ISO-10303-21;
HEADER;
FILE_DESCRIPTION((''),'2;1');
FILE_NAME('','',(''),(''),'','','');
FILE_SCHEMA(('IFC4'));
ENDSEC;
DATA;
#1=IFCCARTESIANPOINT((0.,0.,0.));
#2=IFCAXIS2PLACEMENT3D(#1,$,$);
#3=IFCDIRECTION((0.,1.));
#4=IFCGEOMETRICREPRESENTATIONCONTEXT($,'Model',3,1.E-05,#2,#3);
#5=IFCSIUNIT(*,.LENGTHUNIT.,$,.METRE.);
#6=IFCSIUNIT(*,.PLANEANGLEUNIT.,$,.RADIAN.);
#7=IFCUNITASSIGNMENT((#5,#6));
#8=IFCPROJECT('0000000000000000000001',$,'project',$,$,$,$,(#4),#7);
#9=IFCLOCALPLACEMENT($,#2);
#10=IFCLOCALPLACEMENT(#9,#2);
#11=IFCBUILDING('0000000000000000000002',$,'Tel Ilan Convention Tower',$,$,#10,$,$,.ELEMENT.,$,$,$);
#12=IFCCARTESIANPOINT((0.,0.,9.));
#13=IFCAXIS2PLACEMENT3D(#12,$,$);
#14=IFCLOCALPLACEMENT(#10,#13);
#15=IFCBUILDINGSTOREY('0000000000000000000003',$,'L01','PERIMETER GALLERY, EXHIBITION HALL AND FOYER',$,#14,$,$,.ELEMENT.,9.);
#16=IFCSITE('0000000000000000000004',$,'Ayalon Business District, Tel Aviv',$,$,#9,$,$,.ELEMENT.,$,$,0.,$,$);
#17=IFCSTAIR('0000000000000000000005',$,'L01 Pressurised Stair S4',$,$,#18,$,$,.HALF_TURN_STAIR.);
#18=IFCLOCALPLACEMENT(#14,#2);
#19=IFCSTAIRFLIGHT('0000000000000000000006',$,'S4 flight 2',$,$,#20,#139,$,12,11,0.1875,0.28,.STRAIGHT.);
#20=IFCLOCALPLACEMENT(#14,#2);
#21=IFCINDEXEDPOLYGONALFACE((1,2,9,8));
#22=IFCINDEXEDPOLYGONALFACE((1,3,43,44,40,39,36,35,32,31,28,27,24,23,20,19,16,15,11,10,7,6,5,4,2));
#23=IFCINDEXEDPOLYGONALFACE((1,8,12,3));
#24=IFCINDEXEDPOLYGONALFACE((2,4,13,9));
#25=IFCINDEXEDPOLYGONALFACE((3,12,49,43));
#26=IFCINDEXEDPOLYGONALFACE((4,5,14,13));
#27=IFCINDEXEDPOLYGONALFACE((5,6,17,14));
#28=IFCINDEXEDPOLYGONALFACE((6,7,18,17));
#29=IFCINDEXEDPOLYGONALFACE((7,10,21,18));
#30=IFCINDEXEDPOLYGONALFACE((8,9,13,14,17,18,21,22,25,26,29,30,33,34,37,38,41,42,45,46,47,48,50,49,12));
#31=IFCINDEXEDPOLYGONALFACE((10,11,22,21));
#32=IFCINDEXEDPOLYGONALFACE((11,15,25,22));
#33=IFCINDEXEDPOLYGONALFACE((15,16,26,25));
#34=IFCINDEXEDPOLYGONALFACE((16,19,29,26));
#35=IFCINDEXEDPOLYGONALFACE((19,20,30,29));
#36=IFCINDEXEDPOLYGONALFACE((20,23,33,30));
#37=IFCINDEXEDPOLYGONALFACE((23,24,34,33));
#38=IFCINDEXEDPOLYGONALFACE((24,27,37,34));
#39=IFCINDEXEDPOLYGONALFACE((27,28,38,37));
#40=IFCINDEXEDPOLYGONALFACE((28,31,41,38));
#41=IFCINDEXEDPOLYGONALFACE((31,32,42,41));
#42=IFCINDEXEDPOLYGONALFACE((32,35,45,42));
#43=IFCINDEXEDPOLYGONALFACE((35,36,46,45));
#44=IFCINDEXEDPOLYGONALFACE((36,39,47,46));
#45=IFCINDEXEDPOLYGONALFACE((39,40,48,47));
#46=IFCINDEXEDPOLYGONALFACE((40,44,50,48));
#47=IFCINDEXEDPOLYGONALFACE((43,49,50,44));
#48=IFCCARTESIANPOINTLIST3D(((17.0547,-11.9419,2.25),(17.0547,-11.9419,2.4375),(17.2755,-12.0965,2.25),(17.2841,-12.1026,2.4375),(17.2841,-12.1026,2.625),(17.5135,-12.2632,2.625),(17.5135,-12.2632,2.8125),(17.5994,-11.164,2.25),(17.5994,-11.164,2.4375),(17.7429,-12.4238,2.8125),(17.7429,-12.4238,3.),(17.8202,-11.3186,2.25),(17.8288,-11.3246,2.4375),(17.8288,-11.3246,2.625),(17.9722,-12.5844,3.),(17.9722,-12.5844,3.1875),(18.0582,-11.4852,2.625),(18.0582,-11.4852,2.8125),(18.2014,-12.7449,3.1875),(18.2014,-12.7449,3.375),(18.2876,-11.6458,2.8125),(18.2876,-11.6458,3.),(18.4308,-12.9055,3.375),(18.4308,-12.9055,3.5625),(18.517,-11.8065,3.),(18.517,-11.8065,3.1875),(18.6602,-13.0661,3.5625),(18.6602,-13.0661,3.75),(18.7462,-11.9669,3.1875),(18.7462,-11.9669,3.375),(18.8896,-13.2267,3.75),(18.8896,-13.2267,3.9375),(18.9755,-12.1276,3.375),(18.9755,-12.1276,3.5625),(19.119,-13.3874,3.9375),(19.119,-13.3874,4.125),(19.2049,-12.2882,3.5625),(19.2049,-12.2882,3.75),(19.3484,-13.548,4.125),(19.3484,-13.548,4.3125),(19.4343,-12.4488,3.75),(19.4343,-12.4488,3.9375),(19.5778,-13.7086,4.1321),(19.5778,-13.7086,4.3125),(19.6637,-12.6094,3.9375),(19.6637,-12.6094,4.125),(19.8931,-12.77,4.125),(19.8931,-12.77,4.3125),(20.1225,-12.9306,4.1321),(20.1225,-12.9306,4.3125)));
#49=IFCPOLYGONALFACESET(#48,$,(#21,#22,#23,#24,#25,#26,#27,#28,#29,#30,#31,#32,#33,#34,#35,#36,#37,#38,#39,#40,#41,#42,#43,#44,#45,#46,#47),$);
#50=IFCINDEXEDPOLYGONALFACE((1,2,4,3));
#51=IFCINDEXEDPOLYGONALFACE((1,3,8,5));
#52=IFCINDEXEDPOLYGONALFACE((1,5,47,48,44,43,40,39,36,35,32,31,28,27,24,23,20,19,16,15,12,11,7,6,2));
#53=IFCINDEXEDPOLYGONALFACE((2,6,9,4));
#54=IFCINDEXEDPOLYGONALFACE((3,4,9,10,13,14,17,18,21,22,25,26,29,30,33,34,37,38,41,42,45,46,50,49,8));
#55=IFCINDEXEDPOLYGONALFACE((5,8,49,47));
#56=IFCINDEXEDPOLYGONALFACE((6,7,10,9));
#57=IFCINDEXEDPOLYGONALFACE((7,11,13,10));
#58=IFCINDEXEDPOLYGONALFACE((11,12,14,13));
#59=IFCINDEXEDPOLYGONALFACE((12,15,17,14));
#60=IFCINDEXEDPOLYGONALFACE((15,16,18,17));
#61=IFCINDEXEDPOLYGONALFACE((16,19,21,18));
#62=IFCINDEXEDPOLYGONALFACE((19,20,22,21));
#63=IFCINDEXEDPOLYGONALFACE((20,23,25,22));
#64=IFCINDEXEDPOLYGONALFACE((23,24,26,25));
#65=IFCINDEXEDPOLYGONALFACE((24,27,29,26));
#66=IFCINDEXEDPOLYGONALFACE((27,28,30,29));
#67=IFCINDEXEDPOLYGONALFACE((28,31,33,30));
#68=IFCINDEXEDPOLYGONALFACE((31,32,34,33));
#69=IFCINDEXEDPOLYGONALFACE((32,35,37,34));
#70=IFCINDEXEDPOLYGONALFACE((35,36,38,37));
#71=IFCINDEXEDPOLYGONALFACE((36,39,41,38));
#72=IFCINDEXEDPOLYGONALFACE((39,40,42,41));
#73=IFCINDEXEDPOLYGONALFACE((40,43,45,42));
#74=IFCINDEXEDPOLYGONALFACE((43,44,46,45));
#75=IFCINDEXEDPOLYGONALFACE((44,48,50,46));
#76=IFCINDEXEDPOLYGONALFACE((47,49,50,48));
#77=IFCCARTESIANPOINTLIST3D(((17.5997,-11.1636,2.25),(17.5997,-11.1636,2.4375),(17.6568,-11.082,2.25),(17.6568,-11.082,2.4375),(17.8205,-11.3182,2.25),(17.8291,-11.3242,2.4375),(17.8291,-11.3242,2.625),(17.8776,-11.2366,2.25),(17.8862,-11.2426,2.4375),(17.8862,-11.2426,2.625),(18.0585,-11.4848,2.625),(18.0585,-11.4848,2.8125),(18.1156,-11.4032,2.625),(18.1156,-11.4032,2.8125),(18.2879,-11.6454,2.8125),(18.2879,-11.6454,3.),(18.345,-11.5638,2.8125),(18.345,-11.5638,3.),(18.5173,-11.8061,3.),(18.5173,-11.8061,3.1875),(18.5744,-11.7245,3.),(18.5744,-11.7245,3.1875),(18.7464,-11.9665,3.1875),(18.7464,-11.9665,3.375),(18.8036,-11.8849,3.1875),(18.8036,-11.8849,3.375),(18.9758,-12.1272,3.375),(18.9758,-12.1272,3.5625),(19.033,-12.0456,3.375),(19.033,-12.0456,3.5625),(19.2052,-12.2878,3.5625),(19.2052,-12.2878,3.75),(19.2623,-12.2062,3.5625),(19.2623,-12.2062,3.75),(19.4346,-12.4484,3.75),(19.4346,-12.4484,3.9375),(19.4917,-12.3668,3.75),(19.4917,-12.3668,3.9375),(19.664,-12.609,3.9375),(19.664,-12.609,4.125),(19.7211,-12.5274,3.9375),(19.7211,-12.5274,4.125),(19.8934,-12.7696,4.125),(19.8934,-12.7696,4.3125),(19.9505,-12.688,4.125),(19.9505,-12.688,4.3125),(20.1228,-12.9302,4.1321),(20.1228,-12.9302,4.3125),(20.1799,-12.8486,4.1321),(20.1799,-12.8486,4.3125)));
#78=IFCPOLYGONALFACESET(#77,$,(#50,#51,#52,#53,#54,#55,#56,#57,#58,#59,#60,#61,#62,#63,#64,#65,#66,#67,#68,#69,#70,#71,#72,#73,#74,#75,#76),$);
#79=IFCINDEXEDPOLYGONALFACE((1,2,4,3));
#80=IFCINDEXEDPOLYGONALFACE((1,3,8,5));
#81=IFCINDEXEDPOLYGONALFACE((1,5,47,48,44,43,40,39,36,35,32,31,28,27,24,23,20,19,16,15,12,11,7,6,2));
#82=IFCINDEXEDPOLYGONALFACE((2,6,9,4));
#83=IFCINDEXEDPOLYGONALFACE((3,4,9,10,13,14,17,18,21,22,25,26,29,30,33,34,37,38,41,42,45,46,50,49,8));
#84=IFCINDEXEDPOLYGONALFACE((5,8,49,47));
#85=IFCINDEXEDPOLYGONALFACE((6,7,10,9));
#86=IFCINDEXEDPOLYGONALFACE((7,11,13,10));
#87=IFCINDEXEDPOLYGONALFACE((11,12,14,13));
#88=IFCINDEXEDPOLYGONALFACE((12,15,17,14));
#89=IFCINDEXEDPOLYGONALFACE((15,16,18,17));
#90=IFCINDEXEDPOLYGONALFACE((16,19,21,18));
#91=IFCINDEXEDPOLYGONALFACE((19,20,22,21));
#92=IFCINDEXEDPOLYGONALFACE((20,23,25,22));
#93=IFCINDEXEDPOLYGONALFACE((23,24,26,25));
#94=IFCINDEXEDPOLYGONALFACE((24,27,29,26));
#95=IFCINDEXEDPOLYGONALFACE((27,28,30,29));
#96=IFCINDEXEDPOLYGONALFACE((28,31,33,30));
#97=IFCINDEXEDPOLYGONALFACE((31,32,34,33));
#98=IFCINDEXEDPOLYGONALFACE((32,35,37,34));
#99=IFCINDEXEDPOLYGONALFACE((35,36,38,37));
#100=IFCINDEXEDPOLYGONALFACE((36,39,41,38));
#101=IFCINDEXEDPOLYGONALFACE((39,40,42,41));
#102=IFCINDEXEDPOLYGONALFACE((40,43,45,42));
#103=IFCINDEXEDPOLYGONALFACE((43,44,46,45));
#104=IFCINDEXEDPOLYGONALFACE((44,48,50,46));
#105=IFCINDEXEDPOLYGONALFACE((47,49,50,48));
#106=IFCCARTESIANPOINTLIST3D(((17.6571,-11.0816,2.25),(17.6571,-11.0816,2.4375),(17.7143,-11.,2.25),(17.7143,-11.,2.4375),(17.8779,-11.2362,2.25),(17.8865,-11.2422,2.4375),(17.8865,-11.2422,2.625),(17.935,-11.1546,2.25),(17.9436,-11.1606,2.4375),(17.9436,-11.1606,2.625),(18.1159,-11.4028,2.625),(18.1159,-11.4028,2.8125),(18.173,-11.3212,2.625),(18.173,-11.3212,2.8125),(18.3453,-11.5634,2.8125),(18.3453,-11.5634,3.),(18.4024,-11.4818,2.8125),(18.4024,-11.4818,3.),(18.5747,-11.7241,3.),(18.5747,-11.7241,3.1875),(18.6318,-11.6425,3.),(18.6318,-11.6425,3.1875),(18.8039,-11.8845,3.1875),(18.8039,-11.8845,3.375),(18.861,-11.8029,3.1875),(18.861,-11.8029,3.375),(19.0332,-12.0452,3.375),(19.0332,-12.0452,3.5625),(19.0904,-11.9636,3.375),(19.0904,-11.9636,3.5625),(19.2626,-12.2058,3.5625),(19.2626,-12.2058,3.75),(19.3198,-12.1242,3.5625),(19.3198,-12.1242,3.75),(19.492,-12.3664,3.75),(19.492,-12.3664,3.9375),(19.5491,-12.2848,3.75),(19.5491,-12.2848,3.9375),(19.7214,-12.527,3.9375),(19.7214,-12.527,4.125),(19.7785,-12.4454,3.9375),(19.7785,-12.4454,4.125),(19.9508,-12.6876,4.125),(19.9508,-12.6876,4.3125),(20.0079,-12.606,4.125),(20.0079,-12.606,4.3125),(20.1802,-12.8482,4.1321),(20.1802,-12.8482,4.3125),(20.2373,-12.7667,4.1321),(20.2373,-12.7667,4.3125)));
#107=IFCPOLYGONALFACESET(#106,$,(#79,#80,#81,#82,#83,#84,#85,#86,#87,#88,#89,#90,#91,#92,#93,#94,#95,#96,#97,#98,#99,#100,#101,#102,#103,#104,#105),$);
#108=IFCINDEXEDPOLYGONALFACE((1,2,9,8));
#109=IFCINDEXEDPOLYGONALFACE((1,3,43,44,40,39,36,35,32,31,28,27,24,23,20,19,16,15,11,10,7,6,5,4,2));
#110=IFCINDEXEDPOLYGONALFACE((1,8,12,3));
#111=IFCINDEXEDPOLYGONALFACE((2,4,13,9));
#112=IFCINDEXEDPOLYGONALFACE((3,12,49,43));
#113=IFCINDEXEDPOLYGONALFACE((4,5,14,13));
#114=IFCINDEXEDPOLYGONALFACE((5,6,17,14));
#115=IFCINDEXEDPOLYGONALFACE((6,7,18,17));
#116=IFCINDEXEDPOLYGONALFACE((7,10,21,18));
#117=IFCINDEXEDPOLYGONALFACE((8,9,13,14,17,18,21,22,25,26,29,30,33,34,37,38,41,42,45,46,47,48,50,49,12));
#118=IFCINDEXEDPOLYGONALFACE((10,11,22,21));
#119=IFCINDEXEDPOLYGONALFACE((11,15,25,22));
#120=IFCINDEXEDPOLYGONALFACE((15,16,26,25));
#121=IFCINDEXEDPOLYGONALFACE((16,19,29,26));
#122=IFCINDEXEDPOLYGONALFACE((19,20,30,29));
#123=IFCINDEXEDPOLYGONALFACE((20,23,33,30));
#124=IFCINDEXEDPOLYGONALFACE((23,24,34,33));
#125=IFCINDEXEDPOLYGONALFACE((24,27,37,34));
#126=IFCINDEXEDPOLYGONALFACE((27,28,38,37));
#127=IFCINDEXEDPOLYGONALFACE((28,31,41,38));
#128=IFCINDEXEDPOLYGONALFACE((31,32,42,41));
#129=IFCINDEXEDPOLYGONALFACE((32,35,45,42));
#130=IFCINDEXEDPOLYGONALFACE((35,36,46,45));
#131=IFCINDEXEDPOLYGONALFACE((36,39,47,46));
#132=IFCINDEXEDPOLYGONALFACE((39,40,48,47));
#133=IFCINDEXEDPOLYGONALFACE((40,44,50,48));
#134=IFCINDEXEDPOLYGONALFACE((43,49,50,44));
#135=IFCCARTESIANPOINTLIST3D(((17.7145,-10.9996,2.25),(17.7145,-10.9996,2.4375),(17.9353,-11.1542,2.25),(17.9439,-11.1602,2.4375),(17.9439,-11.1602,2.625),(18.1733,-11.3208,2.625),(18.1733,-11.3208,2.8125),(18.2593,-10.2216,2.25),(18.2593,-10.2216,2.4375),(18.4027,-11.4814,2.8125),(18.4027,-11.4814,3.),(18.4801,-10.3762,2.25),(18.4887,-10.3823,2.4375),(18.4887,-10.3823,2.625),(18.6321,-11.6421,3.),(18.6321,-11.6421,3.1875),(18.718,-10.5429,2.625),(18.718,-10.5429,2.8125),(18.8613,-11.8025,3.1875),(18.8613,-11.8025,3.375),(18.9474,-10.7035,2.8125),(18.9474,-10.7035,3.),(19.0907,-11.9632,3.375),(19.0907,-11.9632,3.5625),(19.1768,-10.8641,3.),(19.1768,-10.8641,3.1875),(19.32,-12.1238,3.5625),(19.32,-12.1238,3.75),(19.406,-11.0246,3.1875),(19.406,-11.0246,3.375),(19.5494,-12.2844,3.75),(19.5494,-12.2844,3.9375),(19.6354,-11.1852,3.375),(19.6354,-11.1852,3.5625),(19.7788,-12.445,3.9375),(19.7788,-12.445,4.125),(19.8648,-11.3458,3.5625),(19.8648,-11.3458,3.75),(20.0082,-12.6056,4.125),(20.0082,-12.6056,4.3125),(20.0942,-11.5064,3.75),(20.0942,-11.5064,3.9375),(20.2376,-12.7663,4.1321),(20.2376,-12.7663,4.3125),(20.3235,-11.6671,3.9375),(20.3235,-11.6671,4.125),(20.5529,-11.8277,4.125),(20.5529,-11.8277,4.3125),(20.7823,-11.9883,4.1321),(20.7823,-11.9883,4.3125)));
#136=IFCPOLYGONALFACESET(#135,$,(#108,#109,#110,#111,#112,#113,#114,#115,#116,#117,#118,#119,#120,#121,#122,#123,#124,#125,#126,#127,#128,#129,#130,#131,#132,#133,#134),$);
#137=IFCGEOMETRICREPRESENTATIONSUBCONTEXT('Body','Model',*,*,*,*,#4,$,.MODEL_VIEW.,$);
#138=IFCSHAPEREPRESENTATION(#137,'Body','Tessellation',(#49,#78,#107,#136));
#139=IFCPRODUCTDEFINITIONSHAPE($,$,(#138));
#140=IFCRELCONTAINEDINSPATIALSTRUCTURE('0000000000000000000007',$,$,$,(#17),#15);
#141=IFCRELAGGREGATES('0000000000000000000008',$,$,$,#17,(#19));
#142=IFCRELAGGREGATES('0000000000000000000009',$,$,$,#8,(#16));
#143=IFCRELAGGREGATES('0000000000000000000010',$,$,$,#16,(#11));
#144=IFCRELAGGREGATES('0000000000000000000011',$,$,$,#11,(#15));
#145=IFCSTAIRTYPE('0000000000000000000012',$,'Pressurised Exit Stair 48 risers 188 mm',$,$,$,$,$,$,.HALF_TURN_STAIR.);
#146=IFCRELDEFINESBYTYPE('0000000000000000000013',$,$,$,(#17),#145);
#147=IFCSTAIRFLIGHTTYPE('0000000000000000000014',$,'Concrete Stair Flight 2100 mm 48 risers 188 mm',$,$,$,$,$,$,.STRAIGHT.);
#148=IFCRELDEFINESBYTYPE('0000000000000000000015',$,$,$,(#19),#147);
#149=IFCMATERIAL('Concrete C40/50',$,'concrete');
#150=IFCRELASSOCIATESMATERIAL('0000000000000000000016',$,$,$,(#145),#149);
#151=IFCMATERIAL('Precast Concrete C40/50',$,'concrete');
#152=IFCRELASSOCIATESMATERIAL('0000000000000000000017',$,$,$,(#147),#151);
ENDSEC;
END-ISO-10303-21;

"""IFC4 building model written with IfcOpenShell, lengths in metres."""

from ifc_helpers import new_model, si_unit, direction, frame, origin, place, context, subcontext, project, spatial, polyline, outline, extrude, material, type_object, element, aggregate, save


model = new_model("IFC4")

# Units and contexts
model_context = context("Model", 3, precision=1e-05, world=origin(), true_north=direction((0.0, 1.0)))
body_context = subcontext(model_context, "Body", "Model", "MODEL_VIEW")
ifc_project = project(units=[si_unit("LENGTHUNIT", "METRE"), si_unit("PLANEANGLEUNIT", "RADIAN")], contexts=[model_context])

# Site, building, storey
site_placement = place(None, origin())
site = spatial("IfcSite", under=ifc_project, at=site_placement, Name="Ayalon Business District, Tel Aviv", CompositionType="ELEMENT", RefElevation=0.0)
building_placement = place(site_placement, origin())
building = spatial("IfcBuilding", under=site, at=building_placement, Name="Tel Ilan Convention Tower", CompositionType="ELEMENT")
storey_placement = place(building_placement, frame((0.0, 0.0, 9.0)))
storey = spatial("IfcBuildingStorey", under=building, at=storey_placement, Name="L01", Description="PERIMETER GALLERY, EXHIBITION HALL AND FOYER", CompositionType="ELEMENT", Elevation=9.0)

# Stair, stair flight
ifc_material_1 = material(Name="Concrete C40/50", Category="concrete")
stair_type = type_object("IfcStairType", Name="Pressurised Exit Stair 48 risers 188 mm", PredefinedType="HALF_TURN_STAIR", material=ifc_material_1)
stair_placement = place(storey_placement, origin())
stair = element("IfcStair", 1, at=stair_placement, inside=storey, type_object=stair_type, Name="L01 Pressurised Stair S4", PredefinedType="HALF_TURN_STAIR")
ifc_material_2 = material(Name="Precast Concrete C40/50", Category="concrete")
stair_flight_type = type_object("IfcStairFlightType", Name="Concrete Stair Flight 2100 mm 48 risers 188 mm", PredefinedType="STRAIGHT", material=ifc_material_2)
stair_flight_1_placement = place(storey_placement, frame((17.657, -11.0818, 2.25), z_axis=(0.0, 0.0, 1.0), x_axis=(0.819152, -0.573576, 0.0)))
stair_flight_1 = element("IfcStairFlight", 2, at=stair_flight_1_placement, type_object=stair_flight_type, Name="S4 flight 2", NumberOfRisers=12, NumberOfTreads=11, PredefinedType="STRAIGHT", RiserHeight=0.1875, TreadLength=0.28, context=body_context, shape_type="SweptSolid", body=[
    extrude(outline(polyline([(0.0, 0.0), (0.0, 0.1875), (0.28, 0.1875), (0.28, 0.375), (0.5601, 0.375), (0.5601, 0.5625), (0.8401, 0.5625), (0.8401, 0.75), (1.1201, 0.75), (1.1201, 0.9375), (1.3999, 0.9375), (1.3999, 1.125), (1.6799, 1.125), (1.6799, 1.3125), (1.96, 1.3125), (1.96, 1.5), (2.24, 1.5), (2.24, 1.6875), (2.52, 1.6875), (2.52, 1.875), (2.8, 1.875), (2.8, 2.0625), (3.0801, 2.0625), (3.0801, 2.25), (3.0801, 1.8821), (0.2695, 0.0), (0.0, 0.0)])), frame((0.0, -0.1003, 0.0), z_axis=(0.0, -1.0, 0.0), x_axis=(1.0, 0.0, 0.0)), (0.0, 0.0, 1.0), 0.9497),
    extrude(outline(polyline([(0.0, 0.0), (0.0, 0.1875), (0.28, 0.1875), (0.28, 0.375), (0.5601, 0.375), (0.5601, 0.5625), (0.8401, 0.5625), (0.8401, 0.75), (1.1201, 0.75), (1.1201, 0.9375), (1.3999, 0.9375), (1.3999, 1.125), (1.6799, 1.125), (1.6799, 1.3125), (1.96, 1.3125), (1.96, 1.5), (2.24, 1.5), (2.24, 1.6875), (2.52, 1.6875), (2.52, 1.875), (2.8, 1.875), (2.8, 2.0625), (3.0801, 2.0625), (3.0801, 2.25), (3.0801, 1.8821), (0.2695, 0.0), (0.0, 0.0)])), frame((0.0, -0.0002, 0.0), z_axis=(0.0, -1.0, 0.0), x_axis=(1.0, 0.0, 0.0)), (0.0, 0.0, 1.0), 0.0996),
    extrude(outline(polyline([(0.0, 0.0), (0.0, 0.1875), (0.28, 0.1875), (0.28, 0.375), (0.5601, 0.375), (0.5601, 0.5625), (0.8401, 0.5625), (0.8401, 0.75), (1.1201, 0.75), (1.1201, 0.9375), (1.3999, 0.9375), (1.3999, 1.125), (1.6799, 1.125), (1.6799, 1.3125), (1.96, 1.3125), (1.96, 1.5), (2.24, 1.5), (2.24, 1.6875), (2.52, 1.6875), (2.52, 1.875), (2.8, 1.875), (2.8, 2.0625), (3.0801, 2.0625), (3.0801, 2.25), (3.0801, 1.8821), (0.2695, 0.0), (0.0, 0.0)])), frame((0.0, 0.0999, 0.0), z_axis=(0.0, -1.0, 0.0), x_axis=(1.0, 0.0, 0.0)), (0.0, 0.0, 1.0), 0.0996),
    extrude(outline(polyline([(0.0, 0.0), (0.0, 0.1875), (0.28, 0.1875), (0.28, 0.375), (0.5601, 0.375), (0.5601, 0.5625), (0.8401, 0.5625), (0.8401, 0.75), (1.1201, 0.75), (1.1201, 0.9375), (1.3999, 0.9375), (1.3999, 1.125), (1.6799, 1.125), (1.6799, 1.3125), (1.96, 1.3125), (1.96, 1.5), (2.24, 1.5), (2.24, 1.6875), (2.52, 1.6875), (2.52, 1.875), (2.8, 1.875), (2.8, 2.0625), (3.0801, 2.0625), (3.0801, 2.25), (3.0801, 1.8821), (0.2695, 0.0), (0.0, 0.0)])), frame((0.0, 1.05, 0.0), z_axis=(0.0, -1.0, 0.0), x_axis=(1.0, 0.0, 0.0)), (0.0, 0.0, 1.0), 0.9497),
])
aggregate(stair, [stair_flight_1])

save(model, "model.ifc")
